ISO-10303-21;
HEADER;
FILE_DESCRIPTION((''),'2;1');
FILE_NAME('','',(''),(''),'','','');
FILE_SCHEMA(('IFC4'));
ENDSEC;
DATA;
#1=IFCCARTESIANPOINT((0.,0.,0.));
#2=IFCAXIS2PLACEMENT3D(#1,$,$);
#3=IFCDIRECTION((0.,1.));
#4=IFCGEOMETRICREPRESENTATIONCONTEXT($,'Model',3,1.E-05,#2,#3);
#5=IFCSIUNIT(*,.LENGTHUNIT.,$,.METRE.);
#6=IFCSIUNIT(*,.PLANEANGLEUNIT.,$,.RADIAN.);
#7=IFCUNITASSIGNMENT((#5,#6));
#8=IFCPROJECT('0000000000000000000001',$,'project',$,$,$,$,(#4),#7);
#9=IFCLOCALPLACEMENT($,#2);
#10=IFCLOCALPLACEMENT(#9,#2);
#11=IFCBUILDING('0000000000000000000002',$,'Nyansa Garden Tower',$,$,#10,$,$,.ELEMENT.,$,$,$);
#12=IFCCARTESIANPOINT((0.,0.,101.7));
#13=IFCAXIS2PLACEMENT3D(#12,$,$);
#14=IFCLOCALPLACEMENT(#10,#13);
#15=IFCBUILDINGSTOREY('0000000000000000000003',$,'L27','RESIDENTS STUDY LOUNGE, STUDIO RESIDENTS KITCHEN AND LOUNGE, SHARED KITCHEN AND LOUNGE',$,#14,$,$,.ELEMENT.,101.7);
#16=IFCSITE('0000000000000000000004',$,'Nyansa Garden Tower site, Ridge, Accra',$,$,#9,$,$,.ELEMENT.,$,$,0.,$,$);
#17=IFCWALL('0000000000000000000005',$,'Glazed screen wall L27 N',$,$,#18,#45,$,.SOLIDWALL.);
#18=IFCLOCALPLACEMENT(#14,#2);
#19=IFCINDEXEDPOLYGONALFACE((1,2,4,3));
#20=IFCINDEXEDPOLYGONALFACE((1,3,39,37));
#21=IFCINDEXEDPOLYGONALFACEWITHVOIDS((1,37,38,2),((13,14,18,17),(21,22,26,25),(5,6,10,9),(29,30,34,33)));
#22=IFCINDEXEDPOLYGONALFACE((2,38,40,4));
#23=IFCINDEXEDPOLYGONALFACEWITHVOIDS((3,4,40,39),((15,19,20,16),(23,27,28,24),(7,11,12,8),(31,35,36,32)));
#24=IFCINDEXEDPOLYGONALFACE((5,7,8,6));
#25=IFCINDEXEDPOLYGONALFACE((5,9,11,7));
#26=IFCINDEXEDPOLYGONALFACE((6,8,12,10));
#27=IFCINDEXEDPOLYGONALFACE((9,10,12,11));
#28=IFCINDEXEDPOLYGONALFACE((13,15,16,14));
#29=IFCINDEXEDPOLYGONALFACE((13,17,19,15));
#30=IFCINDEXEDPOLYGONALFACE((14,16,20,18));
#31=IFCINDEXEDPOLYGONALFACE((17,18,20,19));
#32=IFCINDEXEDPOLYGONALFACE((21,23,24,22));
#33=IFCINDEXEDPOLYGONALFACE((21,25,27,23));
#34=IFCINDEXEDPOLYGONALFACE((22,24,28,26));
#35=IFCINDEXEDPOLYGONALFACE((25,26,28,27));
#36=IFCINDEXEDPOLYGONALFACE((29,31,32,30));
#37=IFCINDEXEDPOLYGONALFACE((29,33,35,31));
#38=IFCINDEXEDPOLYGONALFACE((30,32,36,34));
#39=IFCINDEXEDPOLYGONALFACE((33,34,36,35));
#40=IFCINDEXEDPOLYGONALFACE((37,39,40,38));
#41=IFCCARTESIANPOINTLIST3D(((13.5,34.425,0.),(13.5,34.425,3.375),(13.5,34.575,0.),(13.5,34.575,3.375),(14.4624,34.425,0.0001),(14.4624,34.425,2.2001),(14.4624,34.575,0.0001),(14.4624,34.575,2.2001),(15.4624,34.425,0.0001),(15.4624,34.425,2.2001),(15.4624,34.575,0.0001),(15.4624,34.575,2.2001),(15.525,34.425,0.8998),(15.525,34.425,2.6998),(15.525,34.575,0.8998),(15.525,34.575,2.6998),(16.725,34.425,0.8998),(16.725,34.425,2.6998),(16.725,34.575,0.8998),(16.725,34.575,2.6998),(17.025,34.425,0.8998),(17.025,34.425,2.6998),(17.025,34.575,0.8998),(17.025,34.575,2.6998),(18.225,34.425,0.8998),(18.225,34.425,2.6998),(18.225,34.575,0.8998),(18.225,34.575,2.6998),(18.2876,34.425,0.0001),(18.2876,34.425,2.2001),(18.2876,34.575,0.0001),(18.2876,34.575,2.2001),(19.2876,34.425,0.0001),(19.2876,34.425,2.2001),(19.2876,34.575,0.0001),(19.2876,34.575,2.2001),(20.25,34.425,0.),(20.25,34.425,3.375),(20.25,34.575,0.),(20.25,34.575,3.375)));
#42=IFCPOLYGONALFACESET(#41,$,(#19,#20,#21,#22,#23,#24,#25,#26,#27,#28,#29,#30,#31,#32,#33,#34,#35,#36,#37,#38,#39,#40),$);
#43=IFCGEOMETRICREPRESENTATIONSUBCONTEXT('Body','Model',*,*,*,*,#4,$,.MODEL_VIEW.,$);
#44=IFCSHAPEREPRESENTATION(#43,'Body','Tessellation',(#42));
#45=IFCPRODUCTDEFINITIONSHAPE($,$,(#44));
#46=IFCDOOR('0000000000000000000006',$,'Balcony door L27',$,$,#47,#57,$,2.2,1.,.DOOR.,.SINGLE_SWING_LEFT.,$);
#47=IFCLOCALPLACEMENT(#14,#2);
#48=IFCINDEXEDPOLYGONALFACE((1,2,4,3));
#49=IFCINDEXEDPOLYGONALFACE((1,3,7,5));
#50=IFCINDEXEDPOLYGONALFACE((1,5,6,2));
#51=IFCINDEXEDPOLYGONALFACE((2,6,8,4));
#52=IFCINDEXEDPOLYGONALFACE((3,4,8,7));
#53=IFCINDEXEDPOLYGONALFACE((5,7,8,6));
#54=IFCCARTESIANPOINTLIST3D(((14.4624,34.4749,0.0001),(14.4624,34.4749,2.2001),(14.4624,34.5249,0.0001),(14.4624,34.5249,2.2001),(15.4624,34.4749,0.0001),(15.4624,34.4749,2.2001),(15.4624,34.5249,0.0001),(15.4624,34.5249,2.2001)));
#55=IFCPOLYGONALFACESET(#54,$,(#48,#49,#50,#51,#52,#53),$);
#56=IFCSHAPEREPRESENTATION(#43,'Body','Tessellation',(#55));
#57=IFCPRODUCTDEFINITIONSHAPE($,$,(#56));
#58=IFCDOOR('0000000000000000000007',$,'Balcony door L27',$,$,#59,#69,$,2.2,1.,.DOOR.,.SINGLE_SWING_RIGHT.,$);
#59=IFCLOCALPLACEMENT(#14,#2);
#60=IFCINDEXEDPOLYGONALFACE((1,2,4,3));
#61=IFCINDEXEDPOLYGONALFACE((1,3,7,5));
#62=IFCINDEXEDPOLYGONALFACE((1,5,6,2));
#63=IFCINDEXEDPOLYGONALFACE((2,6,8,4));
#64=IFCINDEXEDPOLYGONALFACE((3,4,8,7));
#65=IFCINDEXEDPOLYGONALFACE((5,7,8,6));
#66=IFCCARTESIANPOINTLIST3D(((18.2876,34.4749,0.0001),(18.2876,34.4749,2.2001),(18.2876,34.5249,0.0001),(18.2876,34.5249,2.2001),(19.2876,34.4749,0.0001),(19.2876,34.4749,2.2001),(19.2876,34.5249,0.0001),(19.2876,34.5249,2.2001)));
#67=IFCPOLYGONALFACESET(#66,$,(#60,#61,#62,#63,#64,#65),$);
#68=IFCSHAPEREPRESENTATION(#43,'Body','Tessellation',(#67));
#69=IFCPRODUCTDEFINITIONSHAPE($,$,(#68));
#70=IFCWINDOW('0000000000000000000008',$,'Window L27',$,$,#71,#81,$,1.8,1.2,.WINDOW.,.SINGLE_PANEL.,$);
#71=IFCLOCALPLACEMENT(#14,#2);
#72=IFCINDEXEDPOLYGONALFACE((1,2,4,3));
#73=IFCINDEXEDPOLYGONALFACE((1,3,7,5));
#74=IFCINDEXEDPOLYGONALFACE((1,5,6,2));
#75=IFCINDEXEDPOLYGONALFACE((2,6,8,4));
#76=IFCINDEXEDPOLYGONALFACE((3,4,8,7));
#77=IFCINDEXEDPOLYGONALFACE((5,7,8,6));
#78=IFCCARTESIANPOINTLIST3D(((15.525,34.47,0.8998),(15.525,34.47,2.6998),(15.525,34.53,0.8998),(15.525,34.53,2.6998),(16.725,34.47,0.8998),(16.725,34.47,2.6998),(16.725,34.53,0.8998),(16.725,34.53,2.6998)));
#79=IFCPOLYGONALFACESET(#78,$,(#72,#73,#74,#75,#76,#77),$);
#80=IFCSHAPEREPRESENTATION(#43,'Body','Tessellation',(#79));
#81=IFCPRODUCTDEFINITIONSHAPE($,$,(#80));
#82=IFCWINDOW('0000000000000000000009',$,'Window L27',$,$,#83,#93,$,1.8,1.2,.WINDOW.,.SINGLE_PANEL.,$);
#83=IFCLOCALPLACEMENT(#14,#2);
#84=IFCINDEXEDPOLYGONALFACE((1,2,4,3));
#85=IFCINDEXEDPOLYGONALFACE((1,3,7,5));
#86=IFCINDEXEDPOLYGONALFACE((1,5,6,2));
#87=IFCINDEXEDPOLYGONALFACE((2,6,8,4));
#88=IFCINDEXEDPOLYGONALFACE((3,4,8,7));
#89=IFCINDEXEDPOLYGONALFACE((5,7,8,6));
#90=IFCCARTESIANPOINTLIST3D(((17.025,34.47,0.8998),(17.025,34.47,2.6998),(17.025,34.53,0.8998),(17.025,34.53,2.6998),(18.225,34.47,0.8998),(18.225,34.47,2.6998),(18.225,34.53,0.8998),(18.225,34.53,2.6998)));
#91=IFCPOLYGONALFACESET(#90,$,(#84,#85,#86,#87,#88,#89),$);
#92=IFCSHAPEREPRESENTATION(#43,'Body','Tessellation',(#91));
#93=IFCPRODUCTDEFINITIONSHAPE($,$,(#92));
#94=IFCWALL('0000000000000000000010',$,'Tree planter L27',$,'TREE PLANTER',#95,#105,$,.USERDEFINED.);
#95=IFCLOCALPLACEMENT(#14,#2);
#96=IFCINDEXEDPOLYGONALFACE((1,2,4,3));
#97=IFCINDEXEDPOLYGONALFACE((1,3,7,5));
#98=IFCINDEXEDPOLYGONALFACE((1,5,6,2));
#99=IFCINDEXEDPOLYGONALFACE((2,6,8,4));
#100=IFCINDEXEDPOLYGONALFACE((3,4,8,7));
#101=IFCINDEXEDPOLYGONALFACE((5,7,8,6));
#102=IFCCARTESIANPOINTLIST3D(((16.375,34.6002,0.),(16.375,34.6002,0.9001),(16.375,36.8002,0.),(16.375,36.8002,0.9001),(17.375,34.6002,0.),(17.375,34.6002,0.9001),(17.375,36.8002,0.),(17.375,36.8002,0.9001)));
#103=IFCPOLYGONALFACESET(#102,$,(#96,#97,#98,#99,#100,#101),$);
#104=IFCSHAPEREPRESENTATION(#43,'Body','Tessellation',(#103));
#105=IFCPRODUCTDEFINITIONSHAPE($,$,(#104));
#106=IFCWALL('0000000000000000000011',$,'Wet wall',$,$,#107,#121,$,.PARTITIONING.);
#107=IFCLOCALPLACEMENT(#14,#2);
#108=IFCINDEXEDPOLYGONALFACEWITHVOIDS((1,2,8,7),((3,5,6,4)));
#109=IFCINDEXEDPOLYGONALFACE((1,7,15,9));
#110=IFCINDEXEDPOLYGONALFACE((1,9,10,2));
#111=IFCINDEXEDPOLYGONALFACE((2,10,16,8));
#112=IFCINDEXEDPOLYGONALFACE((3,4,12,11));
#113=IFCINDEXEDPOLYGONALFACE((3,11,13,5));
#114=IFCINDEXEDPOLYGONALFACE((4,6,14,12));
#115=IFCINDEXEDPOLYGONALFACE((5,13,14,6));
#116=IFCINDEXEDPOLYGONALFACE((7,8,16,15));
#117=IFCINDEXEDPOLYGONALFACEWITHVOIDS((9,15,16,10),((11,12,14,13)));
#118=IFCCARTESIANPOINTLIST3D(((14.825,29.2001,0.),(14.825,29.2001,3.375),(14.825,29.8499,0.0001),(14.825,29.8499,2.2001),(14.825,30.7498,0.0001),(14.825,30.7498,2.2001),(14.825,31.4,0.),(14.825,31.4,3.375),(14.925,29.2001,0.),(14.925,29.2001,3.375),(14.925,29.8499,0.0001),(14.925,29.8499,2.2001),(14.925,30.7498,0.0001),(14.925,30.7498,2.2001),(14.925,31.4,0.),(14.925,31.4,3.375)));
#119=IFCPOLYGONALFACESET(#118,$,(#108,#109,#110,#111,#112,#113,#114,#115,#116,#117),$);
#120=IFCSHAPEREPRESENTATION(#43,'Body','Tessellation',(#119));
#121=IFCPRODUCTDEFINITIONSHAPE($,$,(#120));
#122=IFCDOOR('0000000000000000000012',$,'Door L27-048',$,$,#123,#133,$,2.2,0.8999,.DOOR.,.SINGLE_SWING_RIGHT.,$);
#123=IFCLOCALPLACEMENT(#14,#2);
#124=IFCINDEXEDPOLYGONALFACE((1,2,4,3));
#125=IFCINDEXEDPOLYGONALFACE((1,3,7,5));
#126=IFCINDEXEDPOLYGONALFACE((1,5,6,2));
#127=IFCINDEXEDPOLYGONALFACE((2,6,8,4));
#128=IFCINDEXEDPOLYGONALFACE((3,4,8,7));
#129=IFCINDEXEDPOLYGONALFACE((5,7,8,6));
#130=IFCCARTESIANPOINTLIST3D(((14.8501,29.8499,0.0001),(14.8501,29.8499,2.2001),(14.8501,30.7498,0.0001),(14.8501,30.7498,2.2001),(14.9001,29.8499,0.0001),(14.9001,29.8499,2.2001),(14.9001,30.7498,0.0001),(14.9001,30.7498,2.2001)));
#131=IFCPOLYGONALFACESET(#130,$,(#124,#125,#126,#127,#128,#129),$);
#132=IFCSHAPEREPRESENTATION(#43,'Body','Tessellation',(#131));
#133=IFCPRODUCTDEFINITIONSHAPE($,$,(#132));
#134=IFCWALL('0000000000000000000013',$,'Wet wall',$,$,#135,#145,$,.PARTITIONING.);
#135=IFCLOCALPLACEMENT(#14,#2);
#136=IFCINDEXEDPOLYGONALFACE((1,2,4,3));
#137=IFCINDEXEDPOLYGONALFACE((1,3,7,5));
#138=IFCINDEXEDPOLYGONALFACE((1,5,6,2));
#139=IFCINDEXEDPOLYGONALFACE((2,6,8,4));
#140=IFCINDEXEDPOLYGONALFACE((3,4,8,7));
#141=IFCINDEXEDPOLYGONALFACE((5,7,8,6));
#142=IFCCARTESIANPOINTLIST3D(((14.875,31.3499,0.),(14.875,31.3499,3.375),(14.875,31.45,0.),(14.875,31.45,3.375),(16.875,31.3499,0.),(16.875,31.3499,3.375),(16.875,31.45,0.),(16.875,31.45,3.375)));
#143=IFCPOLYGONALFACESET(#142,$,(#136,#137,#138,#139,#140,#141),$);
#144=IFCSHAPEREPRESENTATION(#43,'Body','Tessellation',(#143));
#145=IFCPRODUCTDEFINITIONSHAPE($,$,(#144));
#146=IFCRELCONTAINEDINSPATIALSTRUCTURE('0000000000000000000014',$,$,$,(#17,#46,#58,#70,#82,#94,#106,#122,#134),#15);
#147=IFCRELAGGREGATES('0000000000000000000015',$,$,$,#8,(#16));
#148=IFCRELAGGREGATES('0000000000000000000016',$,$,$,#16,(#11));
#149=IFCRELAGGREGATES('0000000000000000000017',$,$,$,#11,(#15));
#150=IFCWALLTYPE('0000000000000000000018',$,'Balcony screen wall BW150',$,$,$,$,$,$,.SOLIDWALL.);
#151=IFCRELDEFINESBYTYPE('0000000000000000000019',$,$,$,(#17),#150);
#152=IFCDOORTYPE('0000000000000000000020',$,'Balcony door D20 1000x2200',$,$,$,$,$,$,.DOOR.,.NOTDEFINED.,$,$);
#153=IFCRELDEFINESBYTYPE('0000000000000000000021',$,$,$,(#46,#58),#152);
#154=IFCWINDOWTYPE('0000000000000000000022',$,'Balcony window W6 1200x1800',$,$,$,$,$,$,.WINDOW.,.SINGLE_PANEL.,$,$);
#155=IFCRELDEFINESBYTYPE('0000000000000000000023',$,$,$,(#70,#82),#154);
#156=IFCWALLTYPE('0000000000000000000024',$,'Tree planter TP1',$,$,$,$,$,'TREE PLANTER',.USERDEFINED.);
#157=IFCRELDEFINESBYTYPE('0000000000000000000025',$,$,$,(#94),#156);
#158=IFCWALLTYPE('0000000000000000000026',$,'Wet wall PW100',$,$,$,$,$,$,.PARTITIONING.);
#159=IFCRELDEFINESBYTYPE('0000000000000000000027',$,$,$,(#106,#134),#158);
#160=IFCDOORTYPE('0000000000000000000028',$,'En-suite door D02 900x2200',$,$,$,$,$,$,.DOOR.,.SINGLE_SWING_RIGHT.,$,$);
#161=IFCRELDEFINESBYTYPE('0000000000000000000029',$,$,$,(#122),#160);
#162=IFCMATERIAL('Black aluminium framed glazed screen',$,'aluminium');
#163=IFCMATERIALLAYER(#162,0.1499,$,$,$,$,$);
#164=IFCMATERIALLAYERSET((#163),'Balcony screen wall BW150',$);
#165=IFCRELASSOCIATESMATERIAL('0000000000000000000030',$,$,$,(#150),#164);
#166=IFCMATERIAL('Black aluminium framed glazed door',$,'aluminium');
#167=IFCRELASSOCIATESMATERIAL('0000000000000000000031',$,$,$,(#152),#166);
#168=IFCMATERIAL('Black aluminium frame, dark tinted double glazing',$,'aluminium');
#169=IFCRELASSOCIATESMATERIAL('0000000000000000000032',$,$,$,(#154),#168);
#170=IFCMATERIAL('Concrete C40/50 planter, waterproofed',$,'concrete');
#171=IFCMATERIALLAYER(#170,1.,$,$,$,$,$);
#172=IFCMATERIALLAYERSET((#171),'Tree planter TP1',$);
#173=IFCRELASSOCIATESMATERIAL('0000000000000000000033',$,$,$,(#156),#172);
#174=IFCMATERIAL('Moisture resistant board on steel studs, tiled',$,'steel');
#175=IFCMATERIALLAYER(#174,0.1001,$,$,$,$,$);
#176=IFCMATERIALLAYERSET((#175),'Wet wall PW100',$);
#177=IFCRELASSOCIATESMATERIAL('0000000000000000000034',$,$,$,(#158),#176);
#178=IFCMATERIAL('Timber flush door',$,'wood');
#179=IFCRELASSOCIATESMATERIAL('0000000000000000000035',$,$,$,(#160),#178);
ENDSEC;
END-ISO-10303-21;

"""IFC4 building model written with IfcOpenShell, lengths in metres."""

from ifc_helpers import new_model, si_unit, direction, frame, frame_2d, origin, place, context, subcontext, project, spatial, rectangle, extrude, material, layer, layer_set, type_object, element, fill, save


model = new_model("IFC4")

# Units and contexts
model_context = context("Model", 3, precision=1e-05, world=origin(), true_north=direction((0.0, 1.0)))
body_context = subcontext(model_context, "Body", "Model", "MODEL_VIEW")
ifc_project = project(units=[si_unit("LENGTHUNIT", "METRE"), si_unit("PLANEANGLEUNIT", "RADIAN")], contexts=[model_context])

# Site, building, storey
site_placement = place(None, origin())
site = spatial("IfcSite", under=ifc_project, at=site_placement, Name="Nyansa Garden Tower site, Ridge, Accra", CompositionType="ELEMENT", RefElevation=0.0)
building_placement = place(site_placement, origin())
building = spatial("IfcBuilding", under=site, at=building_placement, Name="Nyansa Garden Tower", CompositionType="ELEMENT")
storey_placement = place(building_placement, frame((0.0, 0.0, 101.7)))
storey = spatial("IfcBuildingStorey", under=building, at=storey_placement, Name="L27", Description="RESIDENTS STUDY LOUNGE, STUDIO RESIDENTS KITCHEN AND LOUNGE, SHARED KITCHEN AND LOUNGE", CompositionType="ELEMENT", Elevation=101.7)

# Wall, openings, doors, windows
ifc_material_1 = material(Name="Black aluminium framed glazed screen", Category="aluminium")
ifc_layer_1 = layer(ifc_material_1, 0.1499)
ifc_layer_set_1 = layer_set([ifc_layer_1], Name="Balcony screen wall BW150")
wall_type_1 = type_object("IfcWallType", Name="Balcony screen wall BW150", PredefinedType="SOLIDWALL", material=ifc_layer_set_1)
wall_1_placement = place(storey_placement, frame((13.5, 34.5, 0.0), z_axis=(0.0, 0.0, 1.0), x_axis=(1.0, 0.0, 0.0)))
wall_1 = element("IfcWall", 1, at=wall_1_placement, inside=storey, type_object=wall_type_1, Name="Glazed screen wall L27 N", PredefinedType="SOLIDWALL", context=body_context, shape_type="SweptSolid", body=[
    extrude(rectangle(XDim=6.75, YDim=0.1499, at=frame_2d((3.375, 0.0))), origin(), (0.0, 0.0, 1.0), 3.375),
])
opening_1_placement = place(wall_1_placement, frame((0.9624, 0.0, 0.0)))
opening_1 = element("IfcOpeningElement", 2, at=opening_1_placement, cuts=wall_1, PredefinedType="OPENING", context=body_context, shape_type="SweptSolid", body=[
    extrude(rectangle(XDim=1.0, YDim=2.2, at=frame_2d((0.5, 1.1001))), frame((0.0, 0.085, 0.0), z_axis=(0.0, -1.0, 0.0), x_axis=(1.0, 0.0, 0.0)), (0.0, 0.0, 1.0), 0.1699),
])
opening_2_placement = place(wall_1_placement, frame((2.0249, 0.0, 0.8999)))
opening_2 = element("IfcOpeningElement", 3, at=opening_2_placement, cuts=wall_1, PredefinedType="OPENING", context=body_context, shape_type="SweptSolid", body=[
    extrude(rectangle(XDim=1.2, YDim=1.8, at=frame_2d((0.6001, 0.8999))), frame((0.0, 0.085, 0.0), z_axis=(0.0, -1.0, 0.0), x_axis=(1.0, 0.0, 0.0)), (0.0, 0.0, 1.0), 0.1699),
])
opening_3_placement = place(wall_1_placement, frame((4.7876, 0.0, 0.0)))
opening_3 = element("IfcOpeningElement", 4, at=opening_3_placement, cuts=wall_1, PredefinedType="OPENING", context=body_context, shape_type="SweptSolid", body=[
    extrude(rectangle(XDim=1.0, YDim=2.2, at=frame_2d((0.5, 1.1001))), frame((0.0, 0.085, 0.0), z_axis=(0.0, -1.0, 0.0), x_axis=(1.0, 0.0, 0.0)), (0.0, 0.0, 1.0), 0.1699),
])
opening_4_placement = place(wall_1_placement, frame((3.5249, 0.0, 0.8999)))
opening_4 = element("IfcOpeningElement", 5, at=opening_4_placement, cuts=wall_1, PredefinedType="OPENING", context=body_context, shape_type="SweptSolid", body=[
    extrude(rectangle(XDim=1.2, YDim=1.8, at=frame_2d((0.6001, 0.8999))), frame((0.0, 0.085, 0.0), z_axis=(0.0, -1.0, 0.0), x_axis=(1.0, 0.0, 0.0)), (0.0, 0.0, 1.0), 0.1699),
])
ifc_material_2 = material(Name="Black aluminium framed glazed door", Category="aluminium")
door_type_1 = type_object("IfcDoorType", Name="Balcony door D20 1000x2200", OperationType="NOTDEFINED", PredefinedType="DOOR", material=ifc_material_2)
door_1_placement = place(opening_1_placement, origin())
door_1 = element("IfcDoor", 6, at=door_1_placement, inside=storey, type_object=door_type_1, Name="Balcony door L27", OperationType="SINGLE_SWING_LEFT", OverallHeight=2.2, OverallWidth=1.0, PredefinedType="DOOR", context=body_context, shape_type="SweptSolid", body=[
    extrude(rectangle(XDim=1.0, YDim=2.2, at=frame_2d((0.5, 1.1001))), frame((0.0, 0.0249, 0.0), z_axis=(0.0, -1.0, 0.0), x_axis=(1.0, 0.0, 0.0)), (0.0, 0.0, 1.0), 0.05),
])
fill(opening_1, door_1)
door_2_placement = place(opening_3_placement, origin())
door_2 = element("IfcDoor", 7, at=door_2_placement, inside=storey, type_object=door_type_1, Name="Balcony door L27", OperationType="SINGLE_SWING_RIGHT", OverallHeight=2.2, OverallWidth=1.0, PredefinedType="DOOR", context=body_context, shape_type="SweptSolid", body=[
    extrude(rectangle(XDim=1.0, YDim=2.2, at=frame_2d((0.5, 1.1001))), frame((0.0, 0.0249, 0.0), z_axis=(0.0, -1.0, 0.0), x_axis=(1.0, 0.0, 0.0)), (0.0, 0.0, 1.0), 0.05),
])
fill(opening_3, door_2)
ifc_material_3 = material(Name="Black aluminium frame, dark tinted double glazing", Category="aluminium")
window_type = type_object("IfcWindowType", Name="Balcony window W6 1200x1800", PartitioningType="SINGLE_PANEL", PredefinedType="WINDOW", material=ifc_material_3)
window_1_placement = place(opening_2_placement, origin())
window_1 = element("IfcWindow", 8, at=window_1_placement, inside=storey, type_object=window_type, Name="Window L27", OverallHeight=1.8, OverallWidth=1.2, PartitioningType="SINGLE_PANEL", PredefinedType="WINDOW", context=body_context, shape_type="SweptSolid", body=[
    extrude(rectangle(XDim=1.2, YDim=1.8, at=frame_2d((0.6001, 0.8999))), frame((0.0, 0.03, 0.0), z_axis=(0.0, -1.0, 0.0), x_axis=(1.0, 0.0, 0.0)), (0.0, 0.0, 1.0), 0.0601),
])
fill(opening_2, window_1)
window_2_placement = place(opening_4_placement, origin())
window_2 = element("IfcWindow", 9, at=window_2_placement, inside=storey, type_object=window_type, Name="Window L27", OverallHeight=1.8, OverallWidth=1.2, PartitioningType="SINGLE_PANEL", PredefinedType="WINDOW", context=body_context, shape_type="SweptSolid", body=[
    extrude(rectangle(XDim=1.2, YDim=1.8, at=frame_2d((0.6001, 0.8999))), frame((0.0, 0.03, 0.0), z_axis=(0.0, -1.0, 0.0), x_axis=(1.0, 0.0, 0.0)), (0.0, 0.0, 1.0), 0.0601),
])
fill(opening_4, window_2)

# Wall
ifc_material_4 = material(Name="Concrete C40/50 planter, waterproofed", Category="concrete")
ifc_layer_2 = layer(ifc_material_4, 1.0)
ifc_layer_set_2 = layer_set([ifc_layer_2], Name="Tree planter TP1")
wall_type_2 = type_object("IfcWallType", Name="Tree planter TP1", ElementType="TREE PLANTER", PredefinedType="USERDEFINED", material=ifc_layer_set_2)
wall_2_placement = place(storey_placement, frame((16.875, 34.6001, 0.0), z_axis=(0.0, 0.0, 1.0), x_axis=(0.0, 1.0, 0.0)))
element("IfcWall", 10, at=wall_2_placement, inside=storey, type_object=wall_type_2, Name="Tree planter L27", ObjectType="TREE PLANTER", PredefinedType="USERDEFINED", context=body_context, shape_type="SweptSolid", body=[
    extrude(rectangle(XDim=2.2, YDim=1.0, at=frame_2d((1.1001, 0.0))), origin(), (0.0, 0.0, 1.0), 0.9001),
])

# Wall, opening, door
ifc_material_5 = material(Name="Moisture resistant board on steel studs, tiled", Category="steel")
ifc_layer_3 = layer(ifc_material_5, 0.1001)
ifc_layer_set_3 = layer_set([ifc_layer_3], Name="Wet wall PW100")
wall_type_3 = type_object("IfcWallType", Name="Wet wall PW100", PredefinedType="PARTITIONING", material=ifc_layer_set_3)
wall_3_placement = place(storey_placement, frame((14.875, 29.2, 0.0), z_axis=(0.0, 0.0, 1.0), x_axis=(0.0, 1.0, 0.0)))
wall_3 = element("IfcWall", 11, at=wall_3_placement, inside=storey, type_object=wall_type_3, Name="Wet wall", PredefinedType="PARTITIONING", context=body_context, shape_type="SweptSolid", body=[
    extrude(rectangle(XDim=2.2, YDim=0.1001, at=frame_2d((1.1001, 0.0))), origin(), (0.0, 0.0, 1.0), 3.375),
])
opening_5_placement = place(wall_3_placement, frame((0.6499, 0.0, 0.0)))
opening_5 = element("IfcOpeningElement", 12, at=opening_5_placement, cuts=wall_3, PredefinedType="OPENING", context=body_context, shape_type="SweptSolid", body=[
    extrude(rectangle(XDim=0.8999, YDim=2.2, at=frame_2d((0.45, 1.1001))), frame((0.0, 0.0601, 0.0), z_axis=(0.0, -1.0, 0.0), x_axis=(1.0, 0.0, 0.0)), (0.0, 0.0, 1.0), 0.1201),
])
ifc_material_6 = material(Name="Timber flush door", Category="wood")
door_type_2 = type_object("IfcDoorType", Name="En-suite door D02 900x2200", OperationType="SINGLE_SWING_RIGHT", PredefinedType="DOOR", material=ifc_material_6)
door_3_placement = place(opening_5_placement, origin())
door_3 = element("IfcDoor", 13, at=door_3_placement, inside=storey, type_object=door_type_2, Name="Door L27-048", OperationType="SINGLE_SWING_RIGHT", OverallHeight=2.2, OverallWidth=0.8999, PredefinedType="DOOR", context=body_context, shape_type="SweptSolid", body=[
    extrude(rectangle(XDim=0.8999, YDim=2.2, at=frame_2d((0.45, 1.1001))), frame((0.0, 0.0249, 0.0), z_axis=(0.0, -1.0, 0.0), x_axis=(1.0, 0.0, 0.0)), (0.0, 0.0, 1.0), 0.05),
])
fill(opening_5, door_3)

# Wall
wall_4_placement = place(storey_placement, frame((14.875, 31.3999, 0.0), z_axis=(0.0, 0.0, 1.0), x_axis=(1.0, 0.0, 0.0)))
element("IfcWall", 14, at=wall_4_placement, inside=storey, type_object=wall_type_3, Name="Wet wall", PredefinedType="PARTITIONING", context=body_context, shape_type="SweptSolid", body=[
    extrude(rectangle(XDim=2.0, YDim=0.1001, at=frame_2d((1.0, 0.0))), origin(), (0.0, 0.0, 1.0), 3.375),
])

save(model, "model.ifc")
